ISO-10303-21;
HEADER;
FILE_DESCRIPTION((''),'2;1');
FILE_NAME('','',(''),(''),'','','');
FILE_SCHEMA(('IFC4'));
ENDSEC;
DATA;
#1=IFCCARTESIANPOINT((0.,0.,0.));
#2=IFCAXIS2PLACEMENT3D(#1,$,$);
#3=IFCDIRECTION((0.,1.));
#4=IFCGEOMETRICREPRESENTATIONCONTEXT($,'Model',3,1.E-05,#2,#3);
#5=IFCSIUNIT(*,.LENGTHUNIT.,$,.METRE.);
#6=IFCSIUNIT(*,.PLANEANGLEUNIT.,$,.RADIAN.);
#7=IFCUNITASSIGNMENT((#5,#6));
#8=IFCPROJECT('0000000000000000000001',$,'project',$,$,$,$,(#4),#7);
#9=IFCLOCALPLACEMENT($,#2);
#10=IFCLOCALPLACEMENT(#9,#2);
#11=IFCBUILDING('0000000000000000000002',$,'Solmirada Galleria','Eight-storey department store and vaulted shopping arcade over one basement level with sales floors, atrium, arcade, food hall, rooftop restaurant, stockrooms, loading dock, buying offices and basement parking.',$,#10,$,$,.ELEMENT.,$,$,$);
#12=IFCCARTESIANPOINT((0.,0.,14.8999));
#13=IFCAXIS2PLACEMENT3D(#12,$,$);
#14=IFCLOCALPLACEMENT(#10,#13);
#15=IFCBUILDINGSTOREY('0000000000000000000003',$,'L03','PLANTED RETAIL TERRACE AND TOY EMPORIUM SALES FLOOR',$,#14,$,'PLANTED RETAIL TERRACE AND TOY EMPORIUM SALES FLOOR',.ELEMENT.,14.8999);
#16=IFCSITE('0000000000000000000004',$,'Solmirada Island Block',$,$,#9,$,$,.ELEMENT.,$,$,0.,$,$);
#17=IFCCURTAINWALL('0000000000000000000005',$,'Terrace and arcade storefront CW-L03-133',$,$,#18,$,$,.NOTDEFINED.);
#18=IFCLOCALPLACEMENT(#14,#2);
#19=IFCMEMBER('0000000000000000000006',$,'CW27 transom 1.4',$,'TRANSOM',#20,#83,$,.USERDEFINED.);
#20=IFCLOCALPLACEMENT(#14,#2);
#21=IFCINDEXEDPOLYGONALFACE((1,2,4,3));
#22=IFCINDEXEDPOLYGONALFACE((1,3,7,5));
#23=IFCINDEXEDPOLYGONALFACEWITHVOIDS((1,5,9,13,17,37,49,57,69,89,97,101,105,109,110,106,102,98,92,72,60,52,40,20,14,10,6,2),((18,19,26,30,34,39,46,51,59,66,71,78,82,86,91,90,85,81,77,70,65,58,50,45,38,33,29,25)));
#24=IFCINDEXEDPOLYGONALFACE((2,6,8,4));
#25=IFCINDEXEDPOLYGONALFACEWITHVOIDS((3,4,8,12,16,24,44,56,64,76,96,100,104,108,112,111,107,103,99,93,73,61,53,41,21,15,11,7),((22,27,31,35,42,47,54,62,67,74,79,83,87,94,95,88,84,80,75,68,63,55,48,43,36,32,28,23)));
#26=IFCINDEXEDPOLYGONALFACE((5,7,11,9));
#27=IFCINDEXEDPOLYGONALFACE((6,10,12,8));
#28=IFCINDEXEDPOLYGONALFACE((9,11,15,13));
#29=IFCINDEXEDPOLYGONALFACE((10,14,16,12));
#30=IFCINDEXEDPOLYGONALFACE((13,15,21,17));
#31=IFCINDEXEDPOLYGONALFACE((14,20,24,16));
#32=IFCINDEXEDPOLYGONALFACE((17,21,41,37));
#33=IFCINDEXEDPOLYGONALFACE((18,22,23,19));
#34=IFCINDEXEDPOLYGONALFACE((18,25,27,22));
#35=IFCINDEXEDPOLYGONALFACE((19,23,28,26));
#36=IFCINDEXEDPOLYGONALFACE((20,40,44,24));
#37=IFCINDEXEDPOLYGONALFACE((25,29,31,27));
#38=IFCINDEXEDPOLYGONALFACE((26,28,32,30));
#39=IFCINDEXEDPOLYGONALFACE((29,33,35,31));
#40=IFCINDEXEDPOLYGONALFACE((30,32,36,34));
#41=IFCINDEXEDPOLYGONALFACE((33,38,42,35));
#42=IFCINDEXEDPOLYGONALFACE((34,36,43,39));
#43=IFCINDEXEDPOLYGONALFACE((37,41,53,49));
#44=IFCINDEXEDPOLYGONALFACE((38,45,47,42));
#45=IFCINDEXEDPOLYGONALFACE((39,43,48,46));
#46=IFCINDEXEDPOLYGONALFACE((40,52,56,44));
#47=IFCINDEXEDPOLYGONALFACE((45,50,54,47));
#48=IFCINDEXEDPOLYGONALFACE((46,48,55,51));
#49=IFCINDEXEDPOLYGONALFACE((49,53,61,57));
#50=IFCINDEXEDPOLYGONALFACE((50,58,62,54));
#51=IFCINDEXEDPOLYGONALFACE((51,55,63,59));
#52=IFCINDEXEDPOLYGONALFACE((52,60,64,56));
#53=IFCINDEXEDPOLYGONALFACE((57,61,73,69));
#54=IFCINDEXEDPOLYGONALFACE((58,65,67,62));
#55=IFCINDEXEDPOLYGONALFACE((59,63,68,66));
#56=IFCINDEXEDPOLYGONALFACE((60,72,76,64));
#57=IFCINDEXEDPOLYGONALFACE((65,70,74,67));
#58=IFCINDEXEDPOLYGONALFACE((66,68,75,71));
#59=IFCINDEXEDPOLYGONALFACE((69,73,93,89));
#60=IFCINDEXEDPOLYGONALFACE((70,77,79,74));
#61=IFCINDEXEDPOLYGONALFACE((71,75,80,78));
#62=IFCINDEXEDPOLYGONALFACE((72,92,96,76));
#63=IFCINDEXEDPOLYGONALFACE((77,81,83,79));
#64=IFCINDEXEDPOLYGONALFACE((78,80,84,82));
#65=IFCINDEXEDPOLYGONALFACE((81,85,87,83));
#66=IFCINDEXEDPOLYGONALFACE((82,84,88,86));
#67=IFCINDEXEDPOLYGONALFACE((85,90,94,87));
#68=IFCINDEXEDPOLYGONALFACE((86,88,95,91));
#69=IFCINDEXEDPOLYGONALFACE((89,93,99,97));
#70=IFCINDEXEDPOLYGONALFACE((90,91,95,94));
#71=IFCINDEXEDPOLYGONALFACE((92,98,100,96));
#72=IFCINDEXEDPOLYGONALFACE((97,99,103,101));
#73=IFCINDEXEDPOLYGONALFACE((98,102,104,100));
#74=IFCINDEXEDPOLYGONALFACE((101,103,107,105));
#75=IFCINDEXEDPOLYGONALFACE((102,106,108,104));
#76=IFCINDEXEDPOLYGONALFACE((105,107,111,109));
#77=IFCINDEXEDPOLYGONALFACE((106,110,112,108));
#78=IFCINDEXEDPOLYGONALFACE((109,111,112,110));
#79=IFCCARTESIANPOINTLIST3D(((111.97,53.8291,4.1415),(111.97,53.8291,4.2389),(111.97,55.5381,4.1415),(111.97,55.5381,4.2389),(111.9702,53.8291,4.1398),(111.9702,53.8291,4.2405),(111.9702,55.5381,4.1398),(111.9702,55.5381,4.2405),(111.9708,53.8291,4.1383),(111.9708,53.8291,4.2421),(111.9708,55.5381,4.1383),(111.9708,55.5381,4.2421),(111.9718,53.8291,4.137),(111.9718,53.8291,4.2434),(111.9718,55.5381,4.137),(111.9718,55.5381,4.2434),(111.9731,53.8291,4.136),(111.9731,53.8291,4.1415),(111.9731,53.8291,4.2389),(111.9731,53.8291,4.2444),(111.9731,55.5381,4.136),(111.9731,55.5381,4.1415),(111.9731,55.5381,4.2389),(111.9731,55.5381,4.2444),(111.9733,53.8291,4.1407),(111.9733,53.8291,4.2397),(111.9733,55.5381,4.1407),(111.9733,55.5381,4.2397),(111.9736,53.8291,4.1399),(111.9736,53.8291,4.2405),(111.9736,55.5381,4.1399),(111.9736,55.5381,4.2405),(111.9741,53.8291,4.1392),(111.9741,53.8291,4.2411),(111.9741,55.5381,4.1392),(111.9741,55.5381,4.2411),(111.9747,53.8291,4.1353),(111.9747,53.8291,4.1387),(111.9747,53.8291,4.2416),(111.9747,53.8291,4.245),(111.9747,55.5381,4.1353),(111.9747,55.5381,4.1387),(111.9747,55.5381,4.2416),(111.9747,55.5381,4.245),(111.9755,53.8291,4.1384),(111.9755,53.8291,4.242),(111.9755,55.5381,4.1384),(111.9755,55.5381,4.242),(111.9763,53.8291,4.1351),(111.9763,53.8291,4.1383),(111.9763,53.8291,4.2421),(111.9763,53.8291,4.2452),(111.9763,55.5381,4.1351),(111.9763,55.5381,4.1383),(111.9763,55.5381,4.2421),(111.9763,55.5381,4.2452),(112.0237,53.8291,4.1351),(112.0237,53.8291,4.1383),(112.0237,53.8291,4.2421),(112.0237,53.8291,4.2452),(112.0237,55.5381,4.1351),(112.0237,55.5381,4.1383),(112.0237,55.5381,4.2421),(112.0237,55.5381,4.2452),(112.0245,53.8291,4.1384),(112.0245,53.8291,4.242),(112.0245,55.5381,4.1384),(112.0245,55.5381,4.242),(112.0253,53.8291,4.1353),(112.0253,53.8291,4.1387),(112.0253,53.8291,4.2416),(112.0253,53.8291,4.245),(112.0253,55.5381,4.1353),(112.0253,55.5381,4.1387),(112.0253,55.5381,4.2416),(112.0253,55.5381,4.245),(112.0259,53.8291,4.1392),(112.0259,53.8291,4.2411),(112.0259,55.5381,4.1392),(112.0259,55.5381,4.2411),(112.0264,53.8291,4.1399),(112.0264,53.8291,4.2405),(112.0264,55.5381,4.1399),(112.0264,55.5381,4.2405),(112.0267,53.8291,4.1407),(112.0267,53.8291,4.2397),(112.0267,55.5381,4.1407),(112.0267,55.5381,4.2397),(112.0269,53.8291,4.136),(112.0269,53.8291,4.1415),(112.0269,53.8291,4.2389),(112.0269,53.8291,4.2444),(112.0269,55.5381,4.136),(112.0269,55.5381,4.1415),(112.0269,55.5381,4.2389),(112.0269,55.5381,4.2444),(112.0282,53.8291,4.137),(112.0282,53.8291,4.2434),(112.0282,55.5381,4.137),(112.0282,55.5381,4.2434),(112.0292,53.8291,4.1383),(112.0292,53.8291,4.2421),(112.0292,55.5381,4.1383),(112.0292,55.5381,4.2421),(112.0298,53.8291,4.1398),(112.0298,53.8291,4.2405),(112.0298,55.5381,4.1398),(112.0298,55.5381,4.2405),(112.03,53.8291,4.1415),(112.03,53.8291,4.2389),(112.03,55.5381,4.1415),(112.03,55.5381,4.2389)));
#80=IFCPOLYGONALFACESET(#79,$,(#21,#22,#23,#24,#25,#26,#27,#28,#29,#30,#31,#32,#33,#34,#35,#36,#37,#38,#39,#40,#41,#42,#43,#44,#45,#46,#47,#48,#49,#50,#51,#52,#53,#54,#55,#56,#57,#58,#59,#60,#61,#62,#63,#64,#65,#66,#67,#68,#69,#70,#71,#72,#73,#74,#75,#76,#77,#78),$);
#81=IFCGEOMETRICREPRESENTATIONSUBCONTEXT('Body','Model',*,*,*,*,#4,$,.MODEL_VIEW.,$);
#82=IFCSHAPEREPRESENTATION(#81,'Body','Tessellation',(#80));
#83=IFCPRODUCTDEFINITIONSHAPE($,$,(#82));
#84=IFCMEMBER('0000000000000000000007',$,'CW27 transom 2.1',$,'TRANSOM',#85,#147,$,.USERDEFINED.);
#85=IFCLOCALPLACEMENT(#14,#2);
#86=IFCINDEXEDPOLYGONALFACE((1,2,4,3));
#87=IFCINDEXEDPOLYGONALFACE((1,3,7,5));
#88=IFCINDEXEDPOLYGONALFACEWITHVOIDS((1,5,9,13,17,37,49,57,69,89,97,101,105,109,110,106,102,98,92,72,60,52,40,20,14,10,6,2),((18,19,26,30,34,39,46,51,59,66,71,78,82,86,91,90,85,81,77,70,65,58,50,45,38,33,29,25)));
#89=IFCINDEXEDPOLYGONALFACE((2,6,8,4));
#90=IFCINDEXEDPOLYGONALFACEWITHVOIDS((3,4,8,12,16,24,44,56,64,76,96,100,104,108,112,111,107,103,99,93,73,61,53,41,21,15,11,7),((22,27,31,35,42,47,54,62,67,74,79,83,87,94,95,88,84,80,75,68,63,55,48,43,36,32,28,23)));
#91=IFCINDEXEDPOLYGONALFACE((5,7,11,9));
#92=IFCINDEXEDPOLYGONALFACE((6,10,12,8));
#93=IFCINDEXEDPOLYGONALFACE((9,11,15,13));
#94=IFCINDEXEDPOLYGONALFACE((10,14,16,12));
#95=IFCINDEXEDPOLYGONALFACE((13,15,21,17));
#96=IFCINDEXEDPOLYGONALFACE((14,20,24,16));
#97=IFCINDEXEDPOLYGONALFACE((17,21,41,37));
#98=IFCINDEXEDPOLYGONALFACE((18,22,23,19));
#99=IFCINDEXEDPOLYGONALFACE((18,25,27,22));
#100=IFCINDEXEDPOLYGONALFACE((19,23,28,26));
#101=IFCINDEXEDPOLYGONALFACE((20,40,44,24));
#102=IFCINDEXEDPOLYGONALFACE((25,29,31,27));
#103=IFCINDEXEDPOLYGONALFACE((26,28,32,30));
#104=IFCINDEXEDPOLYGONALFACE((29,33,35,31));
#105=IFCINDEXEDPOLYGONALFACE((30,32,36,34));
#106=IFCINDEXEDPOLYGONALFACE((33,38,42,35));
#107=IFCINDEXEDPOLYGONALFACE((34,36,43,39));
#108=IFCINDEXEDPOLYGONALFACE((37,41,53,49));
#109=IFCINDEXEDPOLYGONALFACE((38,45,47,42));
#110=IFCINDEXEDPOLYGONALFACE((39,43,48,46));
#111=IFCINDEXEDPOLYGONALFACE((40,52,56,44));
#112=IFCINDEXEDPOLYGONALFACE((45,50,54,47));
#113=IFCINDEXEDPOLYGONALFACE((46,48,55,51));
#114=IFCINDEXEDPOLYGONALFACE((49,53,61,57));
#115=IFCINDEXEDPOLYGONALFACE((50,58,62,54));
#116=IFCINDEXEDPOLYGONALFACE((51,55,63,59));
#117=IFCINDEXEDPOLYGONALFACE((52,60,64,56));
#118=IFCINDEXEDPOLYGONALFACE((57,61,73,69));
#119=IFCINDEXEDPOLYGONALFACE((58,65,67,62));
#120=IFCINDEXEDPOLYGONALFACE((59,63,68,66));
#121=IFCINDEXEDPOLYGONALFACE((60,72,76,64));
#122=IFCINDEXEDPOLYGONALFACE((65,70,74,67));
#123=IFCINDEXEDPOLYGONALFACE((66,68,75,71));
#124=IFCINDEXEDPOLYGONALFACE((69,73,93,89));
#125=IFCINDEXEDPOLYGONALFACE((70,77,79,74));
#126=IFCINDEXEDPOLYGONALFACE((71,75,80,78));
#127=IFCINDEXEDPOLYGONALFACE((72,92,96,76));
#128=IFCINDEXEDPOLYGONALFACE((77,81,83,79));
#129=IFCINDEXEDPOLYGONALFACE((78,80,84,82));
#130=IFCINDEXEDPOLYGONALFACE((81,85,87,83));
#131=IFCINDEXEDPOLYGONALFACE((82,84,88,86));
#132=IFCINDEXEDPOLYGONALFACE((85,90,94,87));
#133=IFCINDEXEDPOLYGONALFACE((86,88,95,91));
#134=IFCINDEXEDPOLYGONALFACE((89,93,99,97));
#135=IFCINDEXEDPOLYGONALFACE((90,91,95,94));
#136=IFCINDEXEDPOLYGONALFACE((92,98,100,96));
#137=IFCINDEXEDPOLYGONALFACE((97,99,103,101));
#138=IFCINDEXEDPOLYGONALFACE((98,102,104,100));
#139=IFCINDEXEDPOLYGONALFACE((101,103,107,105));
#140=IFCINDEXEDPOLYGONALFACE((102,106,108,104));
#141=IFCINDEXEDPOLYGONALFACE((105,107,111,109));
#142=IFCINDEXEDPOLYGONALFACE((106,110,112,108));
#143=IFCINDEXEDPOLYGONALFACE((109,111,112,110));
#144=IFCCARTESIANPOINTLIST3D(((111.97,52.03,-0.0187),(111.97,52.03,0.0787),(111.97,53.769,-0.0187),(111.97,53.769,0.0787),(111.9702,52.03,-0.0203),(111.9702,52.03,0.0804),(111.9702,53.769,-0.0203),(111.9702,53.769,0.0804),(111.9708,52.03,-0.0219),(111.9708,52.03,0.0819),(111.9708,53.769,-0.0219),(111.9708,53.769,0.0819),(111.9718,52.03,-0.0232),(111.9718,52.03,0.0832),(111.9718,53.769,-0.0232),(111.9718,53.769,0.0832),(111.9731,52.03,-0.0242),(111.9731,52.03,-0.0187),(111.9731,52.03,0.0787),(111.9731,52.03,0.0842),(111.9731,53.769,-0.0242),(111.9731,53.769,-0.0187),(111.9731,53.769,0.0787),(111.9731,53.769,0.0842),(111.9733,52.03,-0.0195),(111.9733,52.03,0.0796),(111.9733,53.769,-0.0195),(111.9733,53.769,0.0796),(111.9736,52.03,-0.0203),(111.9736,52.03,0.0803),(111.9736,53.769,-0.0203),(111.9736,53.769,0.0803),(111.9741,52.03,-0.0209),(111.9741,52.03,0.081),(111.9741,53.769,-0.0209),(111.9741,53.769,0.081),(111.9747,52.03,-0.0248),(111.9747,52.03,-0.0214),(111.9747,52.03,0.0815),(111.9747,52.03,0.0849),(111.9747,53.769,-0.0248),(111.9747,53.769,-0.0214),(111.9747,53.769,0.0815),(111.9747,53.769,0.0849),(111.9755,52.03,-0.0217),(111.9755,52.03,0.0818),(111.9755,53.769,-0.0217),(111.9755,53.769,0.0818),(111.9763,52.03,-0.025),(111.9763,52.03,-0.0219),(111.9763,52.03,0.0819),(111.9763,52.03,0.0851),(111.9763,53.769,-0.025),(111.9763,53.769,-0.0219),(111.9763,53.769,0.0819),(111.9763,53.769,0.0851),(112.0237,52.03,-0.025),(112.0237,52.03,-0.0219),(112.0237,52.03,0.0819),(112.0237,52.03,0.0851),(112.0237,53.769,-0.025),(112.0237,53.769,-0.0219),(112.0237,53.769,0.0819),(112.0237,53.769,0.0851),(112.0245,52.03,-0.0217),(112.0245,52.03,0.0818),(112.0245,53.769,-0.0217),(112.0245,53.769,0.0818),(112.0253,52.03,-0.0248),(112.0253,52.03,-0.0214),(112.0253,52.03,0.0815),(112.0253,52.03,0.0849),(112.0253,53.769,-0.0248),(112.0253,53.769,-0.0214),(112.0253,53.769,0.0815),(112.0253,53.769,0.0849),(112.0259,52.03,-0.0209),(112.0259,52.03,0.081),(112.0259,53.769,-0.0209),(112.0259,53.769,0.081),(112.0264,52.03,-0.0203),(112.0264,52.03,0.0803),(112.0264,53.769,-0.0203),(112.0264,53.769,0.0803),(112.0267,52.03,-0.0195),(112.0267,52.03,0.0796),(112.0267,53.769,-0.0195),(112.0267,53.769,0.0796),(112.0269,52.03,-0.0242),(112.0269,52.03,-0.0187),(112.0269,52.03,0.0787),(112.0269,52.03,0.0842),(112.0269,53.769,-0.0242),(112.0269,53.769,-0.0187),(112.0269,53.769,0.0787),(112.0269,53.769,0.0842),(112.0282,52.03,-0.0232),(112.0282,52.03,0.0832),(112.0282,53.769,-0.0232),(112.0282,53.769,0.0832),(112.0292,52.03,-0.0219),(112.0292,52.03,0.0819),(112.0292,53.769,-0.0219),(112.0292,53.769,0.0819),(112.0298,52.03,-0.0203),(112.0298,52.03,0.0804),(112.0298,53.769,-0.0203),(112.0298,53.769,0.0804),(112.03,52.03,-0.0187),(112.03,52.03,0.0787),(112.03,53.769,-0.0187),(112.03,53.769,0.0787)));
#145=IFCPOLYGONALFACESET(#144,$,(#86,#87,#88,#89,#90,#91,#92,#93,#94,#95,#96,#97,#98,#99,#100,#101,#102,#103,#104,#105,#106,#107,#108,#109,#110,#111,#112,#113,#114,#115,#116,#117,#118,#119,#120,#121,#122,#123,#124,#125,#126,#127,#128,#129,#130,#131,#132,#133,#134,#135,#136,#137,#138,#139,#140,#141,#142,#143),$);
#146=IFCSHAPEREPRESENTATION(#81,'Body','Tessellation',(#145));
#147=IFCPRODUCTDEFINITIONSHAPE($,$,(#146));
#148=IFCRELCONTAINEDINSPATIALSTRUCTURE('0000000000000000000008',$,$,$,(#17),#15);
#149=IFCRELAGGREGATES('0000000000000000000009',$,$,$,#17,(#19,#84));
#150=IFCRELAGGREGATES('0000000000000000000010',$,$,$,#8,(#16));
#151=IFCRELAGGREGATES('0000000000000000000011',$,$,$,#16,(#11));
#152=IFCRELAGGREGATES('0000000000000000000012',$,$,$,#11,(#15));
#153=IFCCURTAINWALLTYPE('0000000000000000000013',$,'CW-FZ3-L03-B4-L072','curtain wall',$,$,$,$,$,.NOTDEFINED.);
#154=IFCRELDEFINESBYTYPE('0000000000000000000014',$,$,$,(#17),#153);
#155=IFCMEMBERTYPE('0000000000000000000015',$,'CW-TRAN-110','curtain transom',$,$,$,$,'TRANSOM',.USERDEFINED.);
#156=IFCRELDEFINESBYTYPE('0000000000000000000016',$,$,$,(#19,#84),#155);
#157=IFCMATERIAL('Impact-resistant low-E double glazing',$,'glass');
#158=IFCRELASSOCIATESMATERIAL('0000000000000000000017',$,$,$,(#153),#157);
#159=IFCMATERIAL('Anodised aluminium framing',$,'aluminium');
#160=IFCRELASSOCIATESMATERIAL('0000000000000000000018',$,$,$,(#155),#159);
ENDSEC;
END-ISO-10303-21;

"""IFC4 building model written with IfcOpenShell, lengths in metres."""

from ifc_helpers import new_model, si_unit, direction, frame, origin, origin_2d, place, context, subcontext, project, spatial, hollow_rectangle, extrude, material, material_profile, profile_set, type_object, element, aggregate, save


model = new_model("IFC4")

# Units and contexts
model_context = context("Model", 3, precision=1e-05, world=origin(), true_north=direction((0.0, 1.0)))
body_context = subcontext(model_context, "Body", "Model", "MODEL_VIEW")
ifc_project = project(units=[si_unit("LENGTHUNIT", "METRE"), si_unit("PLANEANGLEUNIT", "RADIAN")], contexts=[model_context])

# Site, building, storey
site_placement = place(None, origin())
site = spatial("IfcSite", under=ifc_project, at=site_placement, Name="Solmirada Island Block", CompositionType="ELEMENT", RefElevation=0.0)
building_placement = place(site_placement, origin())
building = spatial("IfcBuilding", under=site, at=building_placement, Name="Solmirada Galleria", Description="Eight-storey department store and vaulted shopping arcade over one basement level with sales floors, atrium, arcade, food hall, rooftop restaurant, stockrooms, loading dock, buying offices and basement parking.", CompositionType="ELEMENT")
storey_placement = place(building_placement, frame((0.0, 0.0, 14.8999)))
storey = spatial("IfcBuildingStorey", under=building, at=storey_placement, Name="L03", Description="PLANTED RETAIL TERRACE AND TOY EMPORIUM SALES FLOOR", LongName="PLANTED RETAIL TERRACE AND TOY EMPORIUM SALES FLOOR", CompositionType="ELEMENT", Elevation=14.8999)

# Shared definitions
ifc_material_1 = material(Name="Impact-resistant low-E double glazing", Category="glass")
curtain_wall_type = type_object("IfcCurtainWallType", Name="CW-FZ3-L03-B4-L072", Description="curtain wall", PredefinedType="NOTDEFINED", material=ifc_material_1)
ifc_material_2 = material(Name="Anodised aluminium framing", Category="aluminium")

# Curtain wall, members
curtain_wall_1_placement = place(storey_placement, origin())
curtain_wall_1 = element("IfcCurtainWall", 1, at=curtain_wall_1_placement, inside=storey, type_object=curtain_wall_type, Name="Terrace and arcade storefront CW-L03-133", PredefinedType="NOTDEFINED")
ifc_material_profile_1 = material_profile(ifc_material_2, hollow_rectangle(XDim=0.0601, YDim=0.1101, WallThickness=0.0032, InnerFilletRadius=0.0032, OuterFilletRadius=0.0063, at=origin_2d()), Name="ALU-TRAN-110X60")
ifc_profile_set_1 = profile_set([ifc_material_profile_1], Name="Anodised aluminium framing")
member_type_1 = type_object("IfcMemberType", Name="CW-TRAN-110", Description="curtain transom", ElementType="TRANSOM", PredefinedType="USERDEFINED", material=ifc_profile_set_1)
member_1_placement = place(storey_placement, frame((112.0, 55.5381, 4.1902), z_axis=(0.0, -1.0, 0.0), x_axis=(1.0, 0.0, 0.0)))
member_1 = element("IfcMember", 2, at=member_1_placement, type_object=member_type_1, Name="CW27 transom 1.4", ObjectType="TRANSOM", PredefinedType="USERDEFINED", context=body_context, shape_type="SweptSolid", body=[
    extrude(hollow_rectangle(XDim=0.0601, YDim=0.1101, WallThickness=0.0032, InnerFilletRadius=0.0032, OuterFilletRadius=0.0063, at=origin_2d()), origin(), (0.0, 0.0, 1.0), 1.709),
])
member_2_placement = place(storey_placement, frame((112.0, 53.769, 0.03), z_axis=(0.0, -1.0, 0.0), x_axis=(1.0, 0.0, 0.0)))
member_2 = element("IfcMember", 3, at=member_2_placement, type_object=member_type_1, Name="CW27 transom 2.1", ObjectType="TRANSOM", PredefinedType="USERDEFINED", context=body_context, shape_type="SweptSolid", body=[
    extrude(hollow_rectangle(XDim=0.0601, YDim=0.1101, WallThickness=0.0032, InnerFilletRadius=0.0032, OuterFilletRadius=0.0063, at=origin_2d()), origin(), (0.0, 0.0, 1.0), 1.739),
])

aggregate(curtain_wall_1, [member_1, member_2])

save(model, "model.ifc")
